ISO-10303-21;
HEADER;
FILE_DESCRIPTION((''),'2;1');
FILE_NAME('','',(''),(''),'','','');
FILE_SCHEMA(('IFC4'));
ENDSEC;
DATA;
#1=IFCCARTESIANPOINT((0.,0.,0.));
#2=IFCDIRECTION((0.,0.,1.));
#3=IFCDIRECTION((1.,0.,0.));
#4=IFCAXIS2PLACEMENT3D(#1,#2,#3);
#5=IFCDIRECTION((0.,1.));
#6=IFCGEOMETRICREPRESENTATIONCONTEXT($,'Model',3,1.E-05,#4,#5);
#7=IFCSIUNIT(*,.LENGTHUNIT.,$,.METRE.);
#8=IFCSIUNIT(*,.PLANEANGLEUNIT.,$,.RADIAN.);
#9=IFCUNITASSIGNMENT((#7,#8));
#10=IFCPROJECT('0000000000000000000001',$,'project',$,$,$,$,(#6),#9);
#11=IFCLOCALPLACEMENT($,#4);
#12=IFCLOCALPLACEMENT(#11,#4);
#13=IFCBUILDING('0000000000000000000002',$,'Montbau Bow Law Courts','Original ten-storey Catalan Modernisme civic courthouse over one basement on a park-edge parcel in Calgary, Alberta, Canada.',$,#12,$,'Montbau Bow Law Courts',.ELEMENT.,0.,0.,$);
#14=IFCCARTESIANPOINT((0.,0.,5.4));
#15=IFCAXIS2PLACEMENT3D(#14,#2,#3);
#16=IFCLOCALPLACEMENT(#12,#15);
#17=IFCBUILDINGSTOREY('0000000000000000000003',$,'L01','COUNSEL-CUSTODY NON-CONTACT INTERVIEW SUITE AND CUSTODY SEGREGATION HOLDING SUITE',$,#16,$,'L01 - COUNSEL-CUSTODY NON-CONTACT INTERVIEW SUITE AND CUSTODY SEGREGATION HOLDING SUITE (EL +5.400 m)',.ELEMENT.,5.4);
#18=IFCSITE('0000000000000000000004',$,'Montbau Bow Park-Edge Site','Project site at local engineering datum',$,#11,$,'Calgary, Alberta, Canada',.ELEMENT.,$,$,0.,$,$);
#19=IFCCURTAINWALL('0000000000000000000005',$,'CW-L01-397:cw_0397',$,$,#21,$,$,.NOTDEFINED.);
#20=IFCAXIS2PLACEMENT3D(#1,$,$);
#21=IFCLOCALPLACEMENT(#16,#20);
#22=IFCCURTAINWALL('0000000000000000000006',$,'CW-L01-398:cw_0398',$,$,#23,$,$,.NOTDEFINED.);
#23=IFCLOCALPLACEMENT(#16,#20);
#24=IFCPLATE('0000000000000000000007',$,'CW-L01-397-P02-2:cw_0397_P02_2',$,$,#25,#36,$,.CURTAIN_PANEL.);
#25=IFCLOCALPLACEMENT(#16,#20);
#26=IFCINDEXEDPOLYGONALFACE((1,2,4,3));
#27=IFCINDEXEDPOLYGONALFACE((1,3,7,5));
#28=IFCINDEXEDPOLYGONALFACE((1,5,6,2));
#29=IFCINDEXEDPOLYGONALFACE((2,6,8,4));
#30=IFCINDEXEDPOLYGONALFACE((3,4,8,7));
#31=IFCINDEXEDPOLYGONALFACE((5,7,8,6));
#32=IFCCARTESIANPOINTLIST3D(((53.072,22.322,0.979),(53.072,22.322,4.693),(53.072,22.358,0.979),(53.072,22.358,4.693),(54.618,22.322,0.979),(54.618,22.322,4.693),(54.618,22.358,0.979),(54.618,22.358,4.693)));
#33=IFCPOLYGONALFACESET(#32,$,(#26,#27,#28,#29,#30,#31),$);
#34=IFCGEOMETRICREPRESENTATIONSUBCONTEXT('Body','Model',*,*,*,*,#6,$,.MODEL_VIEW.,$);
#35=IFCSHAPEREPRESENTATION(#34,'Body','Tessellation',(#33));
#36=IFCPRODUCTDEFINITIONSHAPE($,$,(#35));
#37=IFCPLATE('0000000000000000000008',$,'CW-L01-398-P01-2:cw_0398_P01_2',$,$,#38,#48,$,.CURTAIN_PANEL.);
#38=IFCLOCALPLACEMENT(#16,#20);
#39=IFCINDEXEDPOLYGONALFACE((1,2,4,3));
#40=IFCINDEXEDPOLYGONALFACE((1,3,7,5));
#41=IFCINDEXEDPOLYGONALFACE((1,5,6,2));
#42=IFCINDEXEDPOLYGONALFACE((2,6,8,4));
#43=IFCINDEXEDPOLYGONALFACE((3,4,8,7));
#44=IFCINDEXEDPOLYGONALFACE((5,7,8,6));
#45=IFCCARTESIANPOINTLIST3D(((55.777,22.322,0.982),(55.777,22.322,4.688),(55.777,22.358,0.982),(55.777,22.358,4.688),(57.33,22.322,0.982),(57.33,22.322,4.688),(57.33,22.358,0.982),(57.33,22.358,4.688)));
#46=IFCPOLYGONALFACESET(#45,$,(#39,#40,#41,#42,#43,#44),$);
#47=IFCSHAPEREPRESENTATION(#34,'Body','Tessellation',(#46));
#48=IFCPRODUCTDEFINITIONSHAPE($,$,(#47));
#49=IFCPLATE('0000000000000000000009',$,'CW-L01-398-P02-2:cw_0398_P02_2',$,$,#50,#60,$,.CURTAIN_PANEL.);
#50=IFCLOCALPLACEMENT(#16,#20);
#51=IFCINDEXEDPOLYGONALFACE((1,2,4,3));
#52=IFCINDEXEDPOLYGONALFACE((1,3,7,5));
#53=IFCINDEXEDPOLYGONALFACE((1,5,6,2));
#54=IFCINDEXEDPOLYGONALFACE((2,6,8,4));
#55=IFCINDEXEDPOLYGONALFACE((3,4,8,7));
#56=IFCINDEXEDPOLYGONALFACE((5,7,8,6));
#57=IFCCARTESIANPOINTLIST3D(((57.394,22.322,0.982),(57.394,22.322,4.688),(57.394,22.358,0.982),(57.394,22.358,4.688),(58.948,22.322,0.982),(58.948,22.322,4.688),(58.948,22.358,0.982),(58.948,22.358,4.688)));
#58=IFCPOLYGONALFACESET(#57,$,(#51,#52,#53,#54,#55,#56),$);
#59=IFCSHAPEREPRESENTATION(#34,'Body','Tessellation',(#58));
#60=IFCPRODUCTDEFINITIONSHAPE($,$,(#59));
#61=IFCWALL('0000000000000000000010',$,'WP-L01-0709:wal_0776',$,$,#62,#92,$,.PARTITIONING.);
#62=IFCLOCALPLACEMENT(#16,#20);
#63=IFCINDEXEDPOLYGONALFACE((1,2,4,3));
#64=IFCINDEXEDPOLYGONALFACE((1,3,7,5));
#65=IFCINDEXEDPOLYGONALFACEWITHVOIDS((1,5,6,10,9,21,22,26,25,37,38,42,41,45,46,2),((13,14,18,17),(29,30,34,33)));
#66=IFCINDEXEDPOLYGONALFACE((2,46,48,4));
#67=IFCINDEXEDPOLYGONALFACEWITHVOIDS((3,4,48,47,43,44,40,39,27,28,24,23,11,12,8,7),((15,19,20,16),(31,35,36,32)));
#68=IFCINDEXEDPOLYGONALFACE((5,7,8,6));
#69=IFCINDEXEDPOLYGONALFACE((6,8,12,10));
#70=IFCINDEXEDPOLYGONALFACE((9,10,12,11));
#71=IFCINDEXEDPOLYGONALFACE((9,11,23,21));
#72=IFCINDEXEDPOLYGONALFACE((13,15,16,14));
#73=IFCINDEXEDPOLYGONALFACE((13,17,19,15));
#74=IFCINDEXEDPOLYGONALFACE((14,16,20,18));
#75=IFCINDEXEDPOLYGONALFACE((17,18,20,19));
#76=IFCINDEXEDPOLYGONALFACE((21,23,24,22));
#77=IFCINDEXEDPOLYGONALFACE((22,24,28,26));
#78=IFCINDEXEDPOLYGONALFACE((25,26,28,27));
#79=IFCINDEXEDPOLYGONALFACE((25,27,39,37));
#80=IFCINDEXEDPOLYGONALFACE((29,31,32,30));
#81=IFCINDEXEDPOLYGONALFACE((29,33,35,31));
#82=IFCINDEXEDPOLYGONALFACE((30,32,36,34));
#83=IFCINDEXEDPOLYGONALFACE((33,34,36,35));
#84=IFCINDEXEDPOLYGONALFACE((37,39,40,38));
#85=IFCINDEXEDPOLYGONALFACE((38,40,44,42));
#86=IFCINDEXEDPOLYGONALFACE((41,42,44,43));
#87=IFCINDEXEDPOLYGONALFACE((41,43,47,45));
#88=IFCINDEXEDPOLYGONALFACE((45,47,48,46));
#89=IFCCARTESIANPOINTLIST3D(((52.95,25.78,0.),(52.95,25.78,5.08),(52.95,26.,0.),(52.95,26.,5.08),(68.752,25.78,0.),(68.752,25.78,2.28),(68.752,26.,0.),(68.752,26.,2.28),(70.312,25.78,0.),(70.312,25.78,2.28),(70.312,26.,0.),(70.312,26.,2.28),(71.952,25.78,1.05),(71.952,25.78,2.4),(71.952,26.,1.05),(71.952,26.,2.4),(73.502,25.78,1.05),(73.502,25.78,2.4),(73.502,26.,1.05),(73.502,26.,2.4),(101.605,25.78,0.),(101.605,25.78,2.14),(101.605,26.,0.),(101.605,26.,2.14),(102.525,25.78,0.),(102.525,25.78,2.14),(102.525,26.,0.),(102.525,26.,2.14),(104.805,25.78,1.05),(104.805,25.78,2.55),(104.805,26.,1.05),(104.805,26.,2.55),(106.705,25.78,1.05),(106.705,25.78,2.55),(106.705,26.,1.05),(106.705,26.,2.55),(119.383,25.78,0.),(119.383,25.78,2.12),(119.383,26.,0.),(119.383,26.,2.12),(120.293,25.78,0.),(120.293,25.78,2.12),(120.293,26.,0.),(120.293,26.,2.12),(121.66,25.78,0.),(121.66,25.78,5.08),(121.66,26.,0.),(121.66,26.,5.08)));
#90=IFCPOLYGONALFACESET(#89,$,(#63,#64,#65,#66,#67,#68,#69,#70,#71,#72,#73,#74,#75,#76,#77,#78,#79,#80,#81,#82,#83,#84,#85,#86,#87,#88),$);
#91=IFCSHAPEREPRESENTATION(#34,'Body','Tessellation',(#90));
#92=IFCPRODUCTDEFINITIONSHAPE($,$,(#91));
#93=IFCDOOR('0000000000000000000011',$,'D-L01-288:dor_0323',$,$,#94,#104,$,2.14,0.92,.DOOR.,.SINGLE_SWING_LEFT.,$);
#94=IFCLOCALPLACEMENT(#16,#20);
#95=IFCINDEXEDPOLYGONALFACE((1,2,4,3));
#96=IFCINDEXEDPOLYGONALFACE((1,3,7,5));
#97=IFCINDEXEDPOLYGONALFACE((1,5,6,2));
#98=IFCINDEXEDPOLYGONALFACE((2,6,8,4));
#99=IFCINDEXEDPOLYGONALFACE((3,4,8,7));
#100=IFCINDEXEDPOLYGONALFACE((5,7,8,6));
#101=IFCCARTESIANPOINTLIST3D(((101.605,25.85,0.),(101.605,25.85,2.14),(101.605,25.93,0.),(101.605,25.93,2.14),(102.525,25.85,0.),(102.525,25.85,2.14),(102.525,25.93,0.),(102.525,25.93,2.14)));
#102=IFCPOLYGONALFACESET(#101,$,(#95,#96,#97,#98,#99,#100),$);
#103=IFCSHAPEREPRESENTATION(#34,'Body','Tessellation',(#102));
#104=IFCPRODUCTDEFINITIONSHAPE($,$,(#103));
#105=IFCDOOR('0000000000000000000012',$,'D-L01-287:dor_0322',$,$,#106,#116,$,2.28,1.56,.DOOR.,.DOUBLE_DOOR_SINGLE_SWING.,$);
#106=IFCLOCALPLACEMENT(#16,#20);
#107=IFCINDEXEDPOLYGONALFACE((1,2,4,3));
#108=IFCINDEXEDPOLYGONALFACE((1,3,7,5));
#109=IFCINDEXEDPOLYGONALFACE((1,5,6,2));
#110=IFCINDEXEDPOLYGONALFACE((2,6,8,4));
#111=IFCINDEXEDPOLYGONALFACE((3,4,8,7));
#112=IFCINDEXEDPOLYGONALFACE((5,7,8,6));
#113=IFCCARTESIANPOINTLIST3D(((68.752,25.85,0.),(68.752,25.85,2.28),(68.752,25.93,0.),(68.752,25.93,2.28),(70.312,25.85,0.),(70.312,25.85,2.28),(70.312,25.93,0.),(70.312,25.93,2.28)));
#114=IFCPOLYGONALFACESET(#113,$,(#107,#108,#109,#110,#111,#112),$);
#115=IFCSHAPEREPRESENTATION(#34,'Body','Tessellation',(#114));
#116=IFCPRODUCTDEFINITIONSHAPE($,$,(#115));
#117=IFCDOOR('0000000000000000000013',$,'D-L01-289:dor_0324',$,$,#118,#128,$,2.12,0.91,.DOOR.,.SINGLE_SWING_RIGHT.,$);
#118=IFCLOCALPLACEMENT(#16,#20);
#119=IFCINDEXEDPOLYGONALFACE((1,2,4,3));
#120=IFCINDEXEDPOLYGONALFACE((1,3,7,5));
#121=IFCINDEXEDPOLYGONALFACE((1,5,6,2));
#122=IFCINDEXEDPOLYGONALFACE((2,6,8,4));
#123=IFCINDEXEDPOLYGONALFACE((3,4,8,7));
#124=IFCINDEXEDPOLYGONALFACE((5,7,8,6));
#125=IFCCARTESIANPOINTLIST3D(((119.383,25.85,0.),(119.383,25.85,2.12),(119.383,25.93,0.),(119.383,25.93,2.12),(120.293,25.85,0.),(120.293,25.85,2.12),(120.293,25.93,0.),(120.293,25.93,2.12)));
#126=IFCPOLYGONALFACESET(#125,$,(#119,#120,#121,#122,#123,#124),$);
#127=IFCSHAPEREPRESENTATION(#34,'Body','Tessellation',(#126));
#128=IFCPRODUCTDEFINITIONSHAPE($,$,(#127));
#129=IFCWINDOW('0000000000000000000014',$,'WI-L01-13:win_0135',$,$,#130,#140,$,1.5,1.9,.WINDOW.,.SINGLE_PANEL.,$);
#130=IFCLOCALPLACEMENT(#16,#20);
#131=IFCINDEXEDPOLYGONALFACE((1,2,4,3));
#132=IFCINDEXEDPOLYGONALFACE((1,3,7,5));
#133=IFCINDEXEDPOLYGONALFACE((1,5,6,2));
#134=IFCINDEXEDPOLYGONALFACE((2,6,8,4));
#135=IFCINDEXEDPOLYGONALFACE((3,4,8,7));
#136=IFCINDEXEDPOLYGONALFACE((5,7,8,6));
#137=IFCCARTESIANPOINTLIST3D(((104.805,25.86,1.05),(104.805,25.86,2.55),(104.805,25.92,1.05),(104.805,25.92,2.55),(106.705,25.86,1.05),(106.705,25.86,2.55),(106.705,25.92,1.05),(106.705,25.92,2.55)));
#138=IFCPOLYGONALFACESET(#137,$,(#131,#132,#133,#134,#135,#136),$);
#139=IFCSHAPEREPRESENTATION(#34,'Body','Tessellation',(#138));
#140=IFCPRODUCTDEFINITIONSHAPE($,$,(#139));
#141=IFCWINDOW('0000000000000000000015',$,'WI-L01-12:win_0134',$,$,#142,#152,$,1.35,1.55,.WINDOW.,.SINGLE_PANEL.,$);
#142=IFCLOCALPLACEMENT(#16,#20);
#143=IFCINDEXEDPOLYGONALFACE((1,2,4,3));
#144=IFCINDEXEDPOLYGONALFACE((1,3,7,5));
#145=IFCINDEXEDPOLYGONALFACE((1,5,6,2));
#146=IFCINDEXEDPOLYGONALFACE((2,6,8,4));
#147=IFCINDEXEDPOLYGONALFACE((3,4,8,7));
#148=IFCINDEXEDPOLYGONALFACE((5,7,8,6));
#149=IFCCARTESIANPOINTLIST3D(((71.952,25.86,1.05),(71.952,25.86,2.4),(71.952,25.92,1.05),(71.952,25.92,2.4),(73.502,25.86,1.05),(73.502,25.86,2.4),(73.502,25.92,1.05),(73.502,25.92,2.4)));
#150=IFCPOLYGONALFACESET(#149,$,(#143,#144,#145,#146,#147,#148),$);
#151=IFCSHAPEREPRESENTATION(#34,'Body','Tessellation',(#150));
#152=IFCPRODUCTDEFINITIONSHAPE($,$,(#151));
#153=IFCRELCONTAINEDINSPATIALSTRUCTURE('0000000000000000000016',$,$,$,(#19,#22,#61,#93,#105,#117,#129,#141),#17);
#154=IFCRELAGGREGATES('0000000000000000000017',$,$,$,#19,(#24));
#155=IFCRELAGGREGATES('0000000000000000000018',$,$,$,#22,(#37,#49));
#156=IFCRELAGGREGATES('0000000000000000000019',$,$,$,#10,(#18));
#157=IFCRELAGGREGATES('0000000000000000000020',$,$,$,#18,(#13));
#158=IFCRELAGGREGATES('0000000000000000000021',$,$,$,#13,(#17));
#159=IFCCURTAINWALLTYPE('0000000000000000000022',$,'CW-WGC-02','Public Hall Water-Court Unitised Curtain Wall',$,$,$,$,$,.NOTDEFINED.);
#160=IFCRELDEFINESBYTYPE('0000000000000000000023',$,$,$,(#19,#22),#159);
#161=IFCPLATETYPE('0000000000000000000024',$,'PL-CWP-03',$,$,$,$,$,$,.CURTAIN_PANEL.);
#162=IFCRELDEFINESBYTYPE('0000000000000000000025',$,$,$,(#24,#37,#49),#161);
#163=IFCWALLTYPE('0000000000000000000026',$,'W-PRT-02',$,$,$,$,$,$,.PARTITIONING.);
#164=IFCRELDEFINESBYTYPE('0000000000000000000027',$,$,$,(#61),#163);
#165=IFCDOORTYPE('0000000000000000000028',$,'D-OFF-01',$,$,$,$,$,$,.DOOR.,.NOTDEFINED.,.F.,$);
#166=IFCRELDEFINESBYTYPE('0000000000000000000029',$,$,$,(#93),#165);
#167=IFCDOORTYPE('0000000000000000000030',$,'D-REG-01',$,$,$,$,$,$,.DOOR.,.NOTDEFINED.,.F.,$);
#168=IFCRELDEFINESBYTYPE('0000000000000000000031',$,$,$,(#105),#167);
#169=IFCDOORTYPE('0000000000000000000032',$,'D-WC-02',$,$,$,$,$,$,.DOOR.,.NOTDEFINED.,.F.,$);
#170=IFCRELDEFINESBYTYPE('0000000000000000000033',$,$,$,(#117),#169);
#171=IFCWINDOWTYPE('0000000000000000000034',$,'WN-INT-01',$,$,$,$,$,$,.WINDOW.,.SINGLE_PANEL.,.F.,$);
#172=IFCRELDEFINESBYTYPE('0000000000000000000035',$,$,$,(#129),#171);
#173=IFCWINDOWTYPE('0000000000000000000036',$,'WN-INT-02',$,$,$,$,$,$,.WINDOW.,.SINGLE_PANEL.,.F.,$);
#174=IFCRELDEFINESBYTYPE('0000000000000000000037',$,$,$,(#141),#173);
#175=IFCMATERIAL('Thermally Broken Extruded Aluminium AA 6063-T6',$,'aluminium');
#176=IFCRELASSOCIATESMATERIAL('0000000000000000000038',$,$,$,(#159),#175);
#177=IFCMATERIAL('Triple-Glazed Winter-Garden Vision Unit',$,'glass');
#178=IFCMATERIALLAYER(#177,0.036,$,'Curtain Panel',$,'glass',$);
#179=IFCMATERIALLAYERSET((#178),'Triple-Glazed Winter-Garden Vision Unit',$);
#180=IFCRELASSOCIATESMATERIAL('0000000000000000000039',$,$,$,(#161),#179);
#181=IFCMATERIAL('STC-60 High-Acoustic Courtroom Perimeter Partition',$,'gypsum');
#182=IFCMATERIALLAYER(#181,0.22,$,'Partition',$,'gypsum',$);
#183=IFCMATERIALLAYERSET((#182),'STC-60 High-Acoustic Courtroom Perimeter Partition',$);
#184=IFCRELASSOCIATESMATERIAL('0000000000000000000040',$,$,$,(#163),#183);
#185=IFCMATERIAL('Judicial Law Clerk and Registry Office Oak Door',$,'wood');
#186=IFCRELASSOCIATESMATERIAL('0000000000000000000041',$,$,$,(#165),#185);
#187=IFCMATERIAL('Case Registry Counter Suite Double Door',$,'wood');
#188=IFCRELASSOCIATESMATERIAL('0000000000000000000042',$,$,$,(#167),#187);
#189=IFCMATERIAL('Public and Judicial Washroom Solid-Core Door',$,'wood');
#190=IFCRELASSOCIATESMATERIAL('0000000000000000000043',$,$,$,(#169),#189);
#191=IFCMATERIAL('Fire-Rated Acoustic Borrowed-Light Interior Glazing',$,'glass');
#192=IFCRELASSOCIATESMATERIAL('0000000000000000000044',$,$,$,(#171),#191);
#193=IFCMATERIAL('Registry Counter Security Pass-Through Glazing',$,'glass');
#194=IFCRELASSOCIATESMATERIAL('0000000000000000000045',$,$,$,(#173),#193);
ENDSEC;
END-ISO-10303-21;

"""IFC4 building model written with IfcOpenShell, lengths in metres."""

from ifc_helpers import new_model, si_unit, direction, frame, frame_2d, origin_with_axes, place, context, subcontext, project, spatial, rectangle, extrude, material, layer, layer_set, type_object, element, fill, aggregate, save


model = new_model("IFC4")

# Units and contexts
model_context = context("Model", 3, precision=1e-05, world=origin_with_axes(), true_north=direction((0.0, 1.0)))
body_context = subcontext(model_context, "Body", "Model", "MODEL_VIEW")
ifc_project = project(units=[si_unit("LENGTHUNIT", "METRE"), si_unit("PLANEANGLEUNIT", "RADIAN")], contexts=[model_context])

# Site, building, storey
site_placement = place(None, origin_with_axes())
site = spatial("IfcSite", under=ifc_project, at=site_placement, Name="Montbau Bow Park-Edge Site", Description="Project site at local engineering datum", LongName="Calgary, Alberta, Canada", CompositionType="ELEMENT", RefElevation=0.0)
building_placement = place(site_placement, origin_with_axes())
building = spatial("IfcBuilding", under=site, at=building_placement, Name="Montbau Bow Law Courts", Description="Original ten-storey Catalan Modernisme civic courthouse over one basement on a park-edge parcel in Calgary, Alberta, Canada.", LongName="Montbau Bow Law Courts", CompositionType="ELEMENT", ElevationOfRefHeight=0.0, ElevationOfTerrain=0.0)
storey_placement = place(building_placement, frame((0.0, 0.0, 5.4), z_axis=(0.0, 0.0, 1.0), x_axis=(1.0, 0.0, 0.0)))
storey = spatial("IfcBuildingStorey", under=building, at=storey_placement, Name="L01", Description="COUNSEL-CUSTODY NON-CONTACT INTERVIEW SUITE AND CUSTODY SEGREGATION HOLDING SUITE", LongName="L01 - COUNSEL-CUSTODY NON-CONTACT INTERVIEW SUITE AND CUSTODY SEGREGATION HOLDING SUITE (EL +5.400 m)", CompositionType="ELEMENT", Elevation=5.4)

# Curtain walls
ifc_material_1 = material(Name="Thermally Broken Extruded Aluminium AA 6063-T6", Category="aluminium")
curtain_wall_type = type_object("IfcCurtainWallType", Name="CW-WGC-02", Description="Public Hall Water-Court Unitised Curtain Wall", PredefinedType="NOTDEFINED", material=ifc_material_1)
curtain_wall_1_placement = place(None, frame((51.39, 22.34, 5.4), z_axis=(0.0, 0.0, 1.0), x_axis=(1.0, 0.0, 0.0)))
curtain_wall_1 = element("IfcCurtainWall", 1, at=curtain_wall_1_placement, inside=storey, type_object=curtain_wall_type, Name="CW-L01-397:cw_0397", PredefinedType="NOTDEFINED")
curtain_wall_2_placement = place(None, frame((55.715, 22.34, 5.4), z_axis=(0.0, 0.0, 1.0), x_axis=(1.0, 0.0, 0.0)))
curtain_wall_2 = element("IfcCurtainWall", 2, at=curtain_wall_2_placement, inside=storey, type_object=curtain_wall_type, Name="CW-L01-398:cw_0398", PredefinedType="NOTDEFINED")

# Plates
ifc_material_2 = material(Name="Triple-Glazed Winter-Garden Vision Unit", Category="glass")
ifc_layer_1 = layer(ifc_material_2, 0.036, Name="Curtain Panel", Category="glass")
ifc_layer_set_1 = layer_set([ifc_layer_1], Name="Triple-Glazed Winter-Garden Vision Unit")
plate_type_1 = type_object("IfcPlateType", Name="PL-CWP-03", PredefinedType="CURTAIN_PANEL", material=ifc_layer_set_1)
plate_1_placement = place(None, frame((53.072, 22.34, 6.379), z_axis=(0.0, -1.0, 0.0), x_axis=(1.0, 0.0, 0.0)))
plate_1 = element("IfcPlate", 3, at=plate_1_placement, type_object=plate_type_1, Name="CW-L01-397-P02-2:cw_0397_P02_2", PredefinedType="CURTAIN_PANEL", context=body_context, shape_type="SweptSolid", body=[
    extrude(rectangle(XDim=1.546, YDim=3.714, at=frame_2d((0.773, 1.857), x_axis=(1.0, 0.0))), frame((0.0, 0.0, -0.018), z_axis=(0.0, 0.0, 1.0), x_axis=(1.0, 0.0, 0.0)), (0.0, 0.0, 1.0), 0.036),
])
aggregate(curtain_wall_1, [plate_1])
plate_2_placement = place(None, frame((55.777, 22.34, 6.382), z_axis=(0.0, -1.0, 0.0), x_axis=(1.0, 0.0, 0.0)))
plate_2 = element("IfcPlate", 4, at=plate_2_placement, type_object=plate_type_1, Name="CW-L01-398-P01-2:cw_0398_P01_2", PredefinedType="CURTAIN_PANEL", context=body_context, shape_type="SweptSolid", body=[
    extrude(rectangle(XDim=1.553, YDim=3.706, at=frame_2d((0.7765, 1.853), x_axis=(1.0, 0.0))), frame((0.0, 0.0, -0.018), z_axis=(0.0, 0.0, 1.0), x_axis=(1.0, 0.0, 0.0)), (0.0, 0.0, 1.0), 0.036),
])
plate_3_placement = place(None, frame((57.394, 22.34, 6.382), z_axis=(0.0, -1.0, 0.0), x_axis=(1.0, 0.0, 0.0)))
plate_3 = element("IfcPlate", 5, at=plate_3_placement, type_object=plate_type_1, Name="CW-L01-398-P02-2:cw_0398_P02_2", PredefinedType="CURTAIN_PANEL", context=body_context, shape_type="SweptSolid", body=[
    extrude(rectangle(XDim=1.554, YDim=3.706, at=frame_2d((0.777, 1.853), x_axis=(1.0, 0.0))), frame((0.0, 0.0, -0.018), z_axis=(0.0, 0.0, 1.0), x_axis=(1.0, 0.0, 0.0)), (0.0, 0.0, 1.0), 0.036),
])
aggregate(curtain_wall_2, [plate_2, plate_3])

# Wall, openings, doors, windows
ifc_material_3 = material(Name="STC-60 High-Acoustic Courtroom Perimeter Partition", Category="gypsum")
ifc_layer_2 = layer(ifc_material_3, 0.22, Name="Partition", Category="gypsum")
ifc_layer_set_2 = layer_set([ifc_layer_2], Name="STC-60 High-Acoustic Courtroom Perimeter Partition")
wall_type = type_object("IfcWallType", Name="W-PRT-02", PredefinedType="PARTITIONING", material=ifc_layer_set_2)
wall_placement = place(None, frame((52.95, 25.89, 5.4), z_axis=(0.0, 0.0, 1.0), x_axis=(1.0, 0.0, 0.0)))
wall = element("IfcWall", 6, at=wall_placement, inside=storey, type_object=wall_type, Name="WP-L01-0709:wal_0776", PredefinedType="PARTITIONING", context=body_context, shape_type="SweptSolid", body=[
    extrude(rectangle(XDim=68.71, YDim=0.22, at=frame_2d((34.355, 0.0), x_axis=(1.0, 0.0))), origin_with_axes(), (0.0, 0.0, 1.0), 5.08),
])
opening_1_placement = place(None, frame((69.532, 25.89, 5.4), z_axis=(0.0, 0.0, 1.0), x_axis=(1.0, 0.0, 0.0)))
opening_1 = element("IfcOpeningElement", 7, at=opening_1_placement, cuts=wall, PredefinedType="OPENING", context=body_context, shape_type="SweptSolid", body=[
    extrude(rectangle(XDim=1.56, YDim=2.28, at=frame_2d((0.0, 1.14), x_axis=(1.0, 0.0))), frame((0.0, 0.12, 0.0), z_axis=(0.0, -1.0, 0.0), x_axis=(1.0, 0.0, 0.0)), (0.0, 0.0, 1.0), 0.24),
])
opening_2_placement = place(None, frame((102.065, 25.89, 5.4), z_axis=(0.0, 0.0, 1.0), x_axis=(1.0, 0.0, 0.0)))
opening_2 = element("IfcOpeningElement", 8, at=opening_2_placement, cuts=wall, PredefinedType="OPENING", context=body_context, shape_type="SweptSolid", body=[
    extrude(rectangle(XDim=0.92, YDim=2.14, at=frame_2d((0.0, 1.07), x_axis=(1.0, 0.0))), frame((0.0, 0.12, 0.0), z_axis=(0.0, -1.0, 0.0), x_axis=(1.0, 0.0, 0.0)), (0.0, 0.0, 1.0), 0.24),
])
opening_3_placement = place(None, frame((119.838, 25.89, 5.4), z_axis=(0.0, 0.0, 1.0), x_axis=(1.0, 0.0, 0.0)))
opening_3 = element("IfcOpeningElement", 9, at=opening_3_placement, cuts=wall, PredefinedType="OPENING", context=body_context, shape_type="SweptSolid", body=[
    extrude(rectangle(XDim=0.91, YDim=2.12, at=frame_2d((0.0, 1.06), x_axis=(1.0, 0.0))), frame((0.0, 0.12, 0.0), z_axis=(0.0, -1.0, 0.0), x_axis=(1.0, 0.0, 0.0)), (0.0, 0.0, 1.0), 0.24),
])
opening_4_placement = place(None, frame((72.727, 25.89, 6.45), z_axis=(0.0, 0.0, 1.0), x_axis=(1.0, 0.0, 0.0)))
opening_4 = element("IfcOpeningElement", 10, at=opening_4_placement, cuts=wall, PredefinedType="OPENING", context=body_context, shape_type="SweptSolid", body=[
    extrude(rectangle(XDim=1.55, YDim=1.35, at=frame_2d((0.0, 0.675), x_axis=(1.0, 0.0))), frame((0.0, 0.12, 0.0), z_axis=(0.0, -1.0, 0.0), x_axis=(1.0, 0.0, 0.0)), (0.0, 0.0, 1.0), 0.24),
])
opening_5_placement = place(None, frame((105.755, 25.89, 6.45), z_axis=(0.0, 0.0, 1.0), x_axis=(1.0, 0.0, 0.0)))
opening_5 = element("IfcOpeningElement", 11, at=opening_5_placement, cuts=wall, PredefinedType="OPENING", context=body_context, shape_type="SweptSolid", body=[
    extrude(rectangle(XDim=1.9, YDim=1.5, at=frame_2d((0.0, 0.75), x_axis=(1.0, 0.0))), frame((0.0, 0.12, 0.0), z_axis=(0.0, -1.0, 0.0), x_axis=(1.0, 0.0, 0.0)), (0.0, 0.0, 1.0), 0.24),
])
ifc_material_4 = material(Name="Judicial Law Clerk and Registry Office Oak Door", Category="wood")
door_type_1 = type_object("IfcDoorType", Name="D-OFF-01", OperationType="NOTDEFINED", ParameterTakesPrecedence=False, PredefinedType="DOOR", material=ifc_material_4)
door_1_placement = place(None, frame((102.065, 25.89, 5.4), z_axis=(0.0, 0.0, 1.0), x_axis=(-1.0, 0.0, 0.0)))
door_1 = element("IfcDoor", 12, at=door_1_placement, inside=storey, type_object=door_type_1, Name="D-L01-288:dor_0323", OperationType="SINGLE_SWING_LEFT", OverallHeight=2.14, OverallWidth=0.92, PredefinedType="DOOR", context=body_context, shape_type="SweptSolid", body=[
    extrude(rectangle(XDim=0.92, YDim=2.14, at=frame_2d((0.0, 1.07), x_axis=(1.0, 0.0))), frame((0.0, 0.04, 0.0), z_axis=(0.0, -1.0, 0.0), x_axis=(1.0, 0.0, 0.0)), (0.0, 0.0, 1.0), 0.08),
])
fill(opening_2, door_1)
ifc_material_5 = material(Name="Case Registry Counter Suite Double Door", Category="wood")
door_type_2 = type_object("IfcDoorType", Name="D-REG-01", OperationType="NOTDEFINED", ParameterTakesPrecedence=False, PredefinedType="DOOR", material=ifc_material_5)
door_2_placement = place(None, frame((69.532, 25.89, 5.4), z_axis=(0.0, 0.0, 1.0), x_axis=(-1.0, 0.0, 0.0)))
door_2 = element("IfcDoor", 13, at=door_2_placement, inside=storey, type_object=door_type_2, Name="D-L01-287:dor_0322", OperationType="DOUBLE_DOOR_SINGLE_SWING", OverallHeight=2.28, OverallWidth=1.56, PredefinedType="DOOR", context=body_context, shape_type="SweptSolid", body=[
    extrude(rectangle(XDim=1.56, YDim=2.28, at=frame_2d((0.0, 1.14), x_axis=(1.0, 0.0))), frame((0.0, 0.04, 0.0), z_axis=(0.0, -1.0, 0.0), x_axis=(1.0, 0.0, 0.0)), (0.0, 0.0, 1.0), 0.08),
])
fill(opening_1, door_2)
ifc_material_6 = material(Name="Public and Judicial Washroom Solid-Core Door", Category="wood")
door_type_3 = type_object("IfcDoorType", Name="D-WC-02", OperationType="NOTDEFINED", ParameterTakesPrecedence=False, PredefinedType="DOOR", material=ifc_material_6)
door_3_placement = place(None, frame((119.838, 25.89, 5.4), z_axis=(0.0, 0.0, 1.0), x_axis=(-1.0, 0.0, 0.0)))
door_3 = element("IfcDoor", 14, at=door_3_placement, inside=storey, type_object=door_type_3, Name="D-L01-289:dor_0324", OperationType="SINGLE_SWING_RIGHT", OverallHeight=2.12, OverallWidth=0.91, PredefinedType="DOOR", context=body_context, shape_type="SweptSolid", body=[
    extrude(rectangle(XDim=0.91, YDim=2.12, at=frame_2d((0.0, 1.06), x_axis=(1.0, 0.0))), frame((0.0, 0.04, 0.0), z_axis=(0.0, -1.0, 0.0), x_axis=(1.0, 0.0, 0.0)), (0.0, 0.0, 1.0), 0.08),
])
fill(opening_3, door_3)
ifc_material_7 = material(Name="Fire-Rated Acoustic Borrowed-Light Interior Glazing", Category="glass")
window_type_1 = type_object("IfcWindowType", Name="WN-INT-01", ParameterTakesPrecedence=False, PartitioningType="SINGLE_PANEL", PredefinedType="WINDOW", material=ifc_material_7)
window_1_placement = place(None, frame((105.755, 25.89, 6.45), z_axis=(0.0, 0.0, 1.0), x_axis=(1.0, 0.0, 0.0)))
window_1 = element("IfcWindow", 15, at=window_1_placement, inside=storey, type_object=window_type_1, Name="WI-L01-13:win_0135", OverallHeight=1.5, OverallWidth=1.9, PartitioningType="SINGLE_PANEL", PredefinedType="WINDOW", context=body_context, shape_type="SweptSolid", body=[
    extrude(rectangle(XDim=1.9, YDim=1.5, at=frame_2d((0.0, 0.75), x_axis=(1.0, 0.0))), frame((0.0, 0.03, 0.0), z_axis=(0.0, -1.0, 0.0), x_axis=(1.0, 0.0, 0.0)), (0.0, 0.0, 1.0), 0.06),
])
fill(opening_5, window_1)
ifc_material_8 = material(Name="Registry Counter Security Pass-Through Glazing", Category="glass")
window_type_2 = type_object("IfcWindowType", Name="WN-INT-02", ParameterTakesPrecedence=False, PartitioningType="SINGLE_PANEL", PredefinedType="WINDOW", material=ifc_material_8)
window_2_placement = place(None, frame((72.727, 25.89, 6.45), z_axis=(0.0, 0.0, 1.0), x_axis=(1.0, 0.0, 0.0)))
window_2 = element("IfcWindow", 16, at=window_2_placement, inside=storey, type_object=window_type_2, Name="WI-L01-12:win_0134", OverallHeight=1.35, OverallWidth=1.55, PartitioningType="SINGLE_PANEL", PredefinedType="WINDOW", context=body_context, shape_type="SweptSolid", body=[
    extrude(rectangle(XDim=1.55, YDim=1.35, at=frame_2d((0.0, 0.675), x_axis=(1.0, 0.0))), frame((0.0, 0.03, 0.0), z_axis=(0.0, -1.0, 0.0), x_axis=(1.0, 0.0, 0.0)), (0.0, 0.0, 1.0), 0.06),
])
fill(opening_4, window_2)

save(model, "model.ifc")
